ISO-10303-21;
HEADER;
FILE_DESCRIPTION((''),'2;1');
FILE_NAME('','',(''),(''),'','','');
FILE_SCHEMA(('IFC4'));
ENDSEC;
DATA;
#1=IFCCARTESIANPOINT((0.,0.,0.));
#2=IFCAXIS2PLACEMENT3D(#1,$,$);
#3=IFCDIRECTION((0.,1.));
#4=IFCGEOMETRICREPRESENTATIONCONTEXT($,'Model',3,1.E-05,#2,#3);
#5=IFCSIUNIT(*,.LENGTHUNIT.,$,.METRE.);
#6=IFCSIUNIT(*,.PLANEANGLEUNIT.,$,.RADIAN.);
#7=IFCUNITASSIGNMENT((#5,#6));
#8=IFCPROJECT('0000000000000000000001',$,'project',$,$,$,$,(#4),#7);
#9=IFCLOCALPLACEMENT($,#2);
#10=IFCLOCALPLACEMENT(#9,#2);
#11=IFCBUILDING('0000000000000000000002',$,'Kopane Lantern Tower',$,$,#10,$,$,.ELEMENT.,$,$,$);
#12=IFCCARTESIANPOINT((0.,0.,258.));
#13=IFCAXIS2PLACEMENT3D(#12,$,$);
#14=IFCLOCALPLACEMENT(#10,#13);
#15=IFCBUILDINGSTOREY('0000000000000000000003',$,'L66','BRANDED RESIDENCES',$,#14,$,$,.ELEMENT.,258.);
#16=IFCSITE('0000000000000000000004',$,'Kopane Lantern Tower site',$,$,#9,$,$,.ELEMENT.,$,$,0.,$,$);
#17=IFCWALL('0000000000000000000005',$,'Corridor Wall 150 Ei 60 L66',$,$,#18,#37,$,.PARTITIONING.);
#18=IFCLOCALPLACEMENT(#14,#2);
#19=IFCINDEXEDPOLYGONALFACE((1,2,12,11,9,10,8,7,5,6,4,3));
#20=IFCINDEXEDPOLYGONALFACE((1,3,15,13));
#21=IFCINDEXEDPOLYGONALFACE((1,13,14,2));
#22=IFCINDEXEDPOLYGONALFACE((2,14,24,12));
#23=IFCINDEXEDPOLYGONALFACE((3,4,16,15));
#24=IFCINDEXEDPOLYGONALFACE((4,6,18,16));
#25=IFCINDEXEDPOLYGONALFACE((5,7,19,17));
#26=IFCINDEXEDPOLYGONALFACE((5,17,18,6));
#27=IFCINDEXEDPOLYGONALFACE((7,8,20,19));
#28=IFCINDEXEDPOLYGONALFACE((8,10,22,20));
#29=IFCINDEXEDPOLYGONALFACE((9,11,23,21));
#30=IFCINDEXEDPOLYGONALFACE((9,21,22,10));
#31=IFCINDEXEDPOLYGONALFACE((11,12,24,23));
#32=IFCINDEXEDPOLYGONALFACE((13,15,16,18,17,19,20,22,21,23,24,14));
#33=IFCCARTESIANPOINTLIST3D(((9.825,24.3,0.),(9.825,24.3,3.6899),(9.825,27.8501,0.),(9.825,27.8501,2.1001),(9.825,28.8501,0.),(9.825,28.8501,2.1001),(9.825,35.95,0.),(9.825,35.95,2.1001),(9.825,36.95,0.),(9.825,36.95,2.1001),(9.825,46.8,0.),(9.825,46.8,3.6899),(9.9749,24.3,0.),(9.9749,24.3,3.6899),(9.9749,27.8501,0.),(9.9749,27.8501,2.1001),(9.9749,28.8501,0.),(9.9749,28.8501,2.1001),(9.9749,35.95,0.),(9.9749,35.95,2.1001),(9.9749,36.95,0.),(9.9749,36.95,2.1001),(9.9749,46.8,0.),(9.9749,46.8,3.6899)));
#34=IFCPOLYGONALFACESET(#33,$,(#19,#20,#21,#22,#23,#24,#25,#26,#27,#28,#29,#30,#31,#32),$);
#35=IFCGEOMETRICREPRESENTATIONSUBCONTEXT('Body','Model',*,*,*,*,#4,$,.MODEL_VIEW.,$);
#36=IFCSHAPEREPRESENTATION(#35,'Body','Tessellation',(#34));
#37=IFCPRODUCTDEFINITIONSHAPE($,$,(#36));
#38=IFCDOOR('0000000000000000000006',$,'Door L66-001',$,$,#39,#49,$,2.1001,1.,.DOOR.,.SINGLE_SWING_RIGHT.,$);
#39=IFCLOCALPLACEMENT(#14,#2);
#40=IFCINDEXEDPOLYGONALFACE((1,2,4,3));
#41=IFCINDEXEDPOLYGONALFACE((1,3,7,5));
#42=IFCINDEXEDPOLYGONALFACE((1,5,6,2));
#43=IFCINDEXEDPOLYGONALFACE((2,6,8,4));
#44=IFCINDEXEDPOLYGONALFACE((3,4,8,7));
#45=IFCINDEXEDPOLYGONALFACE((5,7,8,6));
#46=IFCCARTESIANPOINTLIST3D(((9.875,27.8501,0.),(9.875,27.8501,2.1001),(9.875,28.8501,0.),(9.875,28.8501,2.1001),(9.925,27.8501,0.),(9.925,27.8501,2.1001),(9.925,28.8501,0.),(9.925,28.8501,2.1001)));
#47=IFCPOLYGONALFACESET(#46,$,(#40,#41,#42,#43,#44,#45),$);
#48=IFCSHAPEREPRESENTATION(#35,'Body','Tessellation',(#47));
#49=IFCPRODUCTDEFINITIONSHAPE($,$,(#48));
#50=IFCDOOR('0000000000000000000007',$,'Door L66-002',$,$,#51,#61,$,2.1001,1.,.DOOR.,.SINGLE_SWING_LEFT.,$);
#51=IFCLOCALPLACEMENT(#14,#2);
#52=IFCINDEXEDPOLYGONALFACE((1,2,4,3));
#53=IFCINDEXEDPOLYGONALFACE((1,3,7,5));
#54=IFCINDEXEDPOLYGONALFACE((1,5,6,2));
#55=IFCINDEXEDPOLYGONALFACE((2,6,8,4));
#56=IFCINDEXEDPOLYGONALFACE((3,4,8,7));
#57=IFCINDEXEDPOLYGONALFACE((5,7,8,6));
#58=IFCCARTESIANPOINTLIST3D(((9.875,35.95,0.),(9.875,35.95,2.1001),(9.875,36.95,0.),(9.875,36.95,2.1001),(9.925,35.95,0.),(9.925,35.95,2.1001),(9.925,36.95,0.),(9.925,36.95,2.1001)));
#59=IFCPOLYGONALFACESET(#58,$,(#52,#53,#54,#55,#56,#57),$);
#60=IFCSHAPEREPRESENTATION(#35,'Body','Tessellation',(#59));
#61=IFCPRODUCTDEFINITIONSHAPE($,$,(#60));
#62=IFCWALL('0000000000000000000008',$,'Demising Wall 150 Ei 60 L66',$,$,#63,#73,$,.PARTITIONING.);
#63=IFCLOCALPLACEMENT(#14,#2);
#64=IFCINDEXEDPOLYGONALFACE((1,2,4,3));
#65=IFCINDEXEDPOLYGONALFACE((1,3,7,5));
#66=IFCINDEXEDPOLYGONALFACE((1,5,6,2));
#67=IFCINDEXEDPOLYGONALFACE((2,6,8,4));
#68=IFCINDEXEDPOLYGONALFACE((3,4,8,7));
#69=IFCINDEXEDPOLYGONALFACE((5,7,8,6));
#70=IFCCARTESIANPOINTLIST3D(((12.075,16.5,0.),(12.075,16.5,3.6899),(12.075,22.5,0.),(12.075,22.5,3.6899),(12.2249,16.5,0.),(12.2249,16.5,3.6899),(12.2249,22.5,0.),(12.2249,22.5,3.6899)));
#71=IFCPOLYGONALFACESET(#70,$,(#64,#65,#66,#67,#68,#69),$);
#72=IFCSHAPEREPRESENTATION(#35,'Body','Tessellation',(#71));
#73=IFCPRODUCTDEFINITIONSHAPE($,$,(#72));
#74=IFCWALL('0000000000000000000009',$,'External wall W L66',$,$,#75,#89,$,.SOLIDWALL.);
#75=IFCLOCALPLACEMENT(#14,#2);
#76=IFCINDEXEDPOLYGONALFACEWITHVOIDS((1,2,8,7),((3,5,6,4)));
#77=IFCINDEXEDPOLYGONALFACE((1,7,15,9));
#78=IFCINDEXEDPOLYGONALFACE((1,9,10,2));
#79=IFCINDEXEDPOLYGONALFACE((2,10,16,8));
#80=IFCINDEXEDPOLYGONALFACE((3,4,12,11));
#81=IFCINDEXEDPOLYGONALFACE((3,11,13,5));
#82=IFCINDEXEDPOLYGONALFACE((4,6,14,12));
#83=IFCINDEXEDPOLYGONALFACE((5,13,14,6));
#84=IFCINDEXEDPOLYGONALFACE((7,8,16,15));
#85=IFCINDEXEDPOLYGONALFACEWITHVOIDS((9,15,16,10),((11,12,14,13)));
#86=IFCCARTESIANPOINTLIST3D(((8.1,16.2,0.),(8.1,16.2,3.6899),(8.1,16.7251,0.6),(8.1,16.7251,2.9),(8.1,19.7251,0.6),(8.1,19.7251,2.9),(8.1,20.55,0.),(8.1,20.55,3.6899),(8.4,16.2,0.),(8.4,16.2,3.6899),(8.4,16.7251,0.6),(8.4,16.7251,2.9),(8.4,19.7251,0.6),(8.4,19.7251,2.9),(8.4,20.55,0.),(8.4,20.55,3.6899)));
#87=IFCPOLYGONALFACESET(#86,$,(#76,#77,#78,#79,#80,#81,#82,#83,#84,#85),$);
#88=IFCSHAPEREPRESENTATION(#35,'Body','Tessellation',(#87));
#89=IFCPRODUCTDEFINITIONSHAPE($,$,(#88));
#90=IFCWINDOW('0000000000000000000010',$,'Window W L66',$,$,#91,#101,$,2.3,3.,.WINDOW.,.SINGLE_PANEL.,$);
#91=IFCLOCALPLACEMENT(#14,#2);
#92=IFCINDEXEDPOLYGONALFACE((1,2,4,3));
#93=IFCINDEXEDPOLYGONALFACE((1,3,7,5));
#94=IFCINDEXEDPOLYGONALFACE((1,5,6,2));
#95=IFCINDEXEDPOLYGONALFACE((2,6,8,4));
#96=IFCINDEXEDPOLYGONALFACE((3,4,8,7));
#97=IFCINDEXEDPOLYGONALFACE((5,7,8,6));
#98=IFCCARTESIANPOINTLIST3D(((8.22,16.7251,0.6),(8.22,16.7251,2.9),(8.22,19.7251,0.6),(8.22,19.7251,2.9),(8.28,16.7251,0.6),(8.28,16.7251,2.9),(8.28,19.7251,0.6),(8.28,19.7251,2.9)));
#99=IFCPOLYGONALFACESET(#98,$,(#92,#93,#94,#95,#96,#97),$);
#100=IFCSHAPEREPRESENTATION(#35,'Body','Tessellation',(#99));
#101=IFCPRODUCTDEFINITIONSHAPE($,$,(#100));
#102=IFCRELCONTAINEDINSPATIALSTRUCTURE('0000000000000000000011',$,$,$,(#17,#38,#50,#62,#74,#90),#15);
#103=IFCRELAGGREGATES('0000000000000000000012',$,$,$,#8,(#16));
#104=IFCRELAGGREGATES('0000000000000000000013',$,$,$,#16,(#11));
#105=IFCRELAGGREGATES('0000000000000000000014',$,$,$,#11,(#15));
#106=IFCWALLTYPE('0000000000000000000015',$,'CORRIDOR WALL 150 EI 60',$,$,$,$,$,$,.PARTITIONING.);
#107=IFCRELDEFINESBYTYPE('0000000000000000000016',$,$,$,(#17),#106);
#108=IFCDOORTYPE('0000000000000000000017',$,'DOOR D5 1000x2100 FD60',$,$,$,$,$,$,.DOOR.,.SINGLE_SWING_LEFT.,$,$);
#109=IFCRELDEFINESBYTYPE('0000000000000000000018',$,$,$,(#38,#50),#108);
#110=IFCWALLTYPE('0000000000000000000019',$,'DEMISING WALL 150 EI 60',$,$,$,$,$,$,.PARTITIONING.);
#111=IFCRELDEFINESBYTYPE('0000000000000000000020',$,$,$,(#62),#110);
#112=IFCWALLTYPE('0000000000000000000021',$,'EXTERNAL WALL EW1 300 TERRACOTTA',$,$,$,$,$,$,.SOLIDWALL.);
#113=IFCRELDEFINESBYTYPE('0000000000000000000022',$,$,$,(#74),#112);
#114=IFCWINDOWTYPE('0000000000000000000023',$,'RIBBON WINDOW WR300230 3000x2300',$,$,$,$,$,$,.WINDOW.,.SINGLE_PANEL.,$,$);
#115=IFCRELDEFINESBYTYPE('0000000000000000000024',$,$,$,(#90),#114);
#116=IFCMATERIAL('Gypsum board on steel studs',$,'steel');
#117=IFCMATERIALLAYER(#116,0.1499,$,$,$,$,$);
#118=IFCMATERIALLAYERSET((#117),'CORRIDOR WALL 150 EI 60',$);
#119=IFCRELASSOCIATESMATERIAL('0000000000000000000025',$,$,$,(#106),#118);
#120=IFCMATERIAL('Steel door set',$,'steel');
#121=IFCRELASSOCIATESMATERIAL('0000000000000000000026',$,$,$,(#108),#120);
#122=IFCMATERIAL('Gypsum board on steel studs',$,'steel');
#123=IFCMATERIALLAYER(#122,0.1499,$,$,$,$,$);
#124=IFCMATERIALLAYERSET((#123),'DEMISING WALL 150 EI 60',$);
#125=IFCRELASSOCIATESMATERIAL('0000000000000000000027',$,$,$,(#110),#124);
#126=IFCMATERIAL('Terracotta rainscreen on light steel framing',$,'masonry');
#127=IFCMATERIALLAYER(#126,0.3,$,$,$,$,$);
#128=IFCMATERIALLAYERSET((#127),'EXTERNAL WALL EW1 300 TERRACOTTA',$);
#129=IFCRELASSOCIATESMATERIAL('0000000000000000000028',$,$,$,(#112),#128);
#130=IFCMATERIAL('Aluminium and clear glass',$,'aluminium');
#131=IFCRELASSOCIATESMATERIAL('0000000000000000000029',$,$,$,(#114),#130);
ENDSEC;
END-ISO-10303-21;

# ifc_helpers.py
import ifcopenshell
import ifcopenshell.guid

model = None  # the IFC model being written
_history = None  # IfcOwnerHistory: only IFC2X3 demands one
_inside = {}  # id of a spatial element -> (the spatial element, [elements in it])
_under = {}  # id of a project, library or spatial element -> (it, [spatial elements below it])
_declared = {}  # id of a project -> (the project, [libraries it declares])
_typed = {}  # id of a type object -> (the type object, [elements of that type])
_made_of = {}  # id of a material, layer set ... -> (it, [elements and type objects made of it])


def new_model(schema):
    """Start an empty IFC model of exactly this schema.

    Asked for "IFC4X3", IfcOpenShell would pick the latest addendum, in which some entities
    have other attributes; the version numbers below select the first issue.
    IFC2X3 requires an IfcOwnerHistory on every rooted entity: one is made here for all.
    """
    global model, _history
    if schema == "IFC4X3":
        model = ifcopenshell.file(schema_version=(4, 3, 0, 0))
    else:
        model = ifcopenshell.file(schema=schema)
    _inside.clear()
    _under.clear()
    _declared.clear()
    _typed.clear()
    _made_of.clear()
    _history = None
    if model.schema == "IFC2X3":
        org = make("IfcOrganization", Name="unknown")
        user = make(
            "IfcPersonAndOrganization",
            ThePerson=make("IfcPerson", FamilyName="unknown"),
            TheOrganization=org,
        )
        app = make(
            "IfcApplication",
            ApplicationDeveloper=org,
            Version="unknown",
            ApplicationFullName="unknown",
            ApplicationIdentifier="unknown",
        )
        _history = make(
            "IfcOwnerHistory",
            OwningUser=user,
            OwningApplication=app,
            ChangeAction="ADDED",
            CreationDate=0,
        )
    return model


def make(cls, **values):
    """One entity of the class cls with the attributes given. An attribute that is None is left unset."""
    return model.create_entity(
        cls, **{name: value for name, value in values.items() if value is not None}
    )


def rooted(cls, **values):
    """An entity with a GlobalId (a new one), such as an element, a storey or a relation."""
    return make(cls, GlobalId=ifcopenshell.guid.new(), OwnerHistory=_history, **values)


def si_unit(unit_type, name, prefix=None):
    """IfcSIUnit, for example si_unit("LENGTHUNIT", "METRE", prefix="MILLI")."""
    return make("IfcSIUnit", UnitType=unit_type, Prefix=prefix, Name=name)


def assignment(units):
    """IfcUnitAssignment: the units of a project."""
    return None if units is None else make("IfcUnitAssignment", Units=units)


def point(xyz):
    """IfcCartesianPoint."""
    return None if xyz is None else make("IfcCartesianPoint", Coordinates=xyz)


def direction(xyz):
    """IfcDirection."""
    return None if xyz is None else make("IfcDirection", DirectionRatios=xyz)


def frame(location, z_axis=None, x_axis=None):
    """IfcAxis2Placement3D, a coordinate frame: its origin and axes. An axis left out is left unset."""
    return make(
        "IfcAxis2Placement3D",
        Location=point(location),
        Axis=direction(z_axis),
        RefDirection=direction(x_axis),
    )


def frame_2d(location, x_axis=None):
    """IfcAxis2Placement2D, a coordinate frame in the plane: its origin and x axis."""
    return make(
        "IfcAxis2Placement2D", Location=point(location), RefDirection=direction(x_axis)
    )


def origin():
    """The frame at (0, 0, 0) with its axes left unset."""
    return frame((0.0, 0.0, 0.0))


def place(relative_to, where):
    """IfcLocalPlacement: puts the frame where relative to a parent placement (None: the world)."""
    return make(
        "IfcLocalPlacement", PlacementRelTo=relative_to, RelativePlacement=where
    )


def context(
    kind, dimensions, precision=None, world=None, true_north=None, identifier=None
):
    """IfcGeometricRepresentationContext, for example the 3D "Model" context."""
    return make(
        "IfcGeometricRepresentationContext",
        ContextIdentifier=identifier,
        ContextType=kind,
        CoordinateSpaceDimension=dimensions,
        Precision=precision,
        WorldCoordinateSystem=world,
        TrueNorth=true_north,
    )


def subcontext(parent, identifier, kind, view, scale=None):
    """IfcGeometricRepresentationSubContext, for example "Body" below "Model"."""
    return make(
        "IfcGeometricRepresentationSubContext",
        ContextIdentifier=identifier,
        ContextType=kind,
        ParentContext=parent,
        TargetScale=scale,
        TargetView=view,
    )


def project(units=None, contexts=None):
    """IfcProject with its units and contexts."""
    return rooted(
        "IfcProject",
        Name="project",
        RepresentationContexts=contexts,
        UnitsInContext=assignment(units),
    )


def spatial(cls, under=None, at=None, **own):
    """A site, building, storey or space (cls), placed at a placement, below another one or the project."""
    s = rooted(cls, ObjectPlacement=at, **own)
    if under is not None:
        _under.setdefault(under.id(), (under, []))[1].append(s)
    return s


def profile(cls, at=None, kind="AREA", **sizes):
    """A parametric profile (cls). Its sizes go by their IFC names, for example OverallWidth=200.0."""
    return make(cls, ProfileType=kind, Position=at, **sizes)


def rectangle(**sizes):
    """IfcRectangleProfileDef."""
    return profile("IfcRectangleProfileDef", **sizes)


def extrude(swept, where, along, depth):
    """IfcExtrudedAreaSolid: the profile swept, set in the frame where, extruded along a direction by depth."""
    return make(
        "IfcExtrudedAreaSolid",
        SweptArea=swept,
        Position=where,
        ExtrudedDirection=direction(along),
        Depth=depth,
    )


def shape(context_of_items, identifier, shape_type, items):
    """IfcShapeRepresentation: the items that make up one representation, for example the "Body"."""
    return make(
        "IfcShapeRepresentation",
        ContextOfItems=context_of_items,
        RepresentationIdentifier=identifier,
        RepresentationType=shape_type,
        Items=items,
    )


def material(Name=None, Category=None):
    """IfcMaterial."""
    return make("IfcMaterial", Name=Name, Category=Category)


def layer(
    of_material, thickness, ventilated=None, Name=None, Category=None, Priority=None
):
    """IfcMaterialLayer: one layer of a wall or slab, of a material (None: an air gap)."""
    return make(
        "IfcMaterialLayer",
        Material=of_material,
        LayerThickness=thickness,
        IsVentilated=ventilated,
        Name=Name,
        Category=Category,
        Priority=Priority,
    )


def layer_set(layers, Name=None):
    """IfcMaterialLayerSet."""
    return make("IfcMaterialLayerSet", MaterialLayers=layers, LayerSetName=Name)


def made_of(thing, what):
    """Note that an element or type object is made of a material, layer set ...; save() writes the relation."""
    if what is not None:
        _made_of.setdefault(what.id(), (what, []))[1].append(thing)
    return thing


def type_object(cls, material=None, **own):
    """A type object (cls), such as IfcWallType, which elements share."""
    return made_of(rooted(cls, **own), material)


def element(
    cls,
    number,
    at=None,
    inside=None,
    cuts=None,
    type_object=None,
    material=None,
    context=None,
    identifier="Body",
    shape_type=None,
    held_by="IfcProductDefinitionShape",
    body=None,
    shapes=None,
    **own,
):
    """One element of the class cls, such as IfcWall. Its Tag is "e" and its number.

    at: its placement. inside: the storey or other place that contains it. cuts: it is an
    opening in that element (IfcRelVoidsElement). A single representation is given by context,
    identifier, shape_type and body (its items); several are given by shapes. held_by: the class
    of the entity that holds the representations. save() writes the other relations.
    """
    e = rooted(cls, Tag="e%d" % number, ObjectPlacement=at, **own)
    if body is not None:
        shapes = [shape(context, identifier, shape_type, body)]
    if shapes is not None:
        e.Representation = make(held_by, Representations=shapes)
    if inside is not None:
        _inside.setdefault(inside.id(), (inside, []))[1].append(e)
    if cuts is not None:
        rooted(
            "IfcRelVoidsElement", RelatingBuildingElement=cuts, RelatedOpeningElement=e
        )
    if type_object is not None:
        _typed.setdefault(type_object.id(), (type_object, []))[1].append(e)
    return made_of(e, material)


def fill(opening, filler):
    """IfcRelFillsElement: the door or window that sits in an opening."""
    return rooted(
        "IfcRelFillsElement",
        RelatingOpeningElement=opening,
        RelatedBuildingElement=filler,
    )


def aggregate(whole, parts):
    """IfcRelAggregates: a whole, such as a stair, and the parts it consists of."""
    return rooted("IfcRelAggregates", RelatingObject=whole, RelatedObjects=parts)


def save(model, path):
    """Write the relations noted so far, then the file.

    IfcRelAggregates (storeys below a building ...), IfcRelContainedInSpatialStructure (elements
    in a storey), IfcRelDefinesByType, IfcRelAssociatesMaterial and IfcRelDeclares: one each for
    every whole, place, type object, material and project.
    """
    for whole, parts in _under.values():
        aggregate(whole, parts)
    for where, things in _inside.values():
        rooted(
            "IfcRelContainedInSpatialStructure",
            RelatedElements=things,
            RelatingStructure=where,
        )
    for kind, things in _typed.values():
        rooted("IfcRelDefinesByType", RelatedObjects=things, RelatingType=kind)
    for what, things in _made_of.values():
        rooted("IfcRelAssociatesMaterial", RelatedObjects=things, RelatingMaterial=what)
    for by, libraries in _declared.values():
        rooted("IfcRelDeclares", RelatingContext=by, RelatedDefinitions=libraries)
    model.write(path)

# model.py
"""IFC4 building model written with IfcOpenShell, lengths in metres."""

from ifc_helpers import new_model, si_unit, direction, frame, frame_2d, origin, place, context, subcontext, project, spatial, rectangle, extrude, material, layer, layer_set, type_object, element, fill, save


model = new_model("IFC4")

# Units and contexts
model_context = context("Model", 3, precision=1e-05, world=origin(), true_north=direction((0.0, 1.0)))
body_context = subcontext(model_context, "Body", "Model", "MODEL_VIEW")
ifc_project = project(units=[si_unit("LENGTHUNIT", "METRE"), si_unit("PLANEANGLEUNIT", "RADIAN")], contexts=[model_context])

# Site, building, storey
site_placement = place(None, origin())
site = spatial("IfcSite", under=ifc_project, at=site_placement, Name="Kopane Lantern Tower site", CompositionType="ELEMENT", RefElevation=0.0)
building_placement = place(site_placement, origin())
building = spatial("IfcBuilding", under=site, at=building_placement, Name="Kopane Lantern Tower", CompositionType="ELEMENT")
storey_placement = place(building_placement, frame((0.0, 0.0, 258.0)))
storey = spatial("IfcBuildingStorey", under=building, at=storey_placement, Name="L66", Description="BRANDED RESIDENCES", CompositionType="ELEMENT", Elevation=258.0)

# Wall, openings, doors
ifc_material_1 = material(Name="Gypsum board on steel studs", Category="steel")
ifc_layer_1 = layer(ifc_material_1, 0.1499)
ifc_layer_set_1 = layer_set([ifc_layer_1], Name="CORRIDOR WALL 150 EI 60")
wall_type_1 = type_object("IfcWallType", Name="CORRIDOR WALL 150 EI 60", PredefinedType="PARTITIONING", material=ifc_layer_set_1)
wall_1_placement = place(storey_placement, frame((9.8999, 24.3, 0.0), z_axis=(0.0, 0.0, 1.0), x_axis=(0.0, 1.0, 0.0)))
wall_1 = element("IfcWall", 1, at=wall_1_placement, inside=storey, type_object=wall_type_1, Name="Corridor Wall 150 Ei 60 L66", PredefinedType="PARTITIONING", context=body_context, shape_type="SweptSolid", body=[
    extrude(rectangle(XDim=22.5, YDim=0.1499, at=frame_2d((11.25, 0.0))), origin(), (0.0, 0.0, 1.0), 3.6899),
])
opening_1_placement = place(wall_1_placement, frame((3.55, 0.0, 0.0)))
opening_1 = element("IfcOpeningElement", 2, at=opening_1_placement, cuts=wall_1, PredefinedType="OPENING", context=body_context, shape_type="SweptSolid", body=[
    extrude(rectangle(XDim=1.0, YDim=2.1001, at=frame_2d((0.5, 1.05))), frame((0.0, 0.085, 0.0), z_axis=(0.0, -1.0, 0.0), x_axis=(1.0, 0.0, 0.0)), (0.0, 0.0, 1.0), 0.1699),
])
opening_2_placement = place(wall_1_placement, frame((11.6499, 0.0, 0.0)))
opening_2 = element("IfcOpeningElement", 3, at=opening_2_placement, cuts=wall_1, PredefinedType="OPENING", context=body_context, shape_type="SweptSolid", body=[
    extrude(rectangle(XDim=1.0, YDim=2.1001, at=frame_2d((0.5, 1.05))), frame((0.0, 0.085, 0.0), z_axis=(0.0, -1.0, 0.0), x_axis=(1.0, 0.0, 0.0)), (0.0, 0.0, 1.0), 0.1699),
])
ifc_material_2 = material(Name="Steel door set", Category="steel")
door_type_1 = type_object("IfcDoorType", Name="DOOR D5 1000x2100 FD60", OperationType="SINGLE_SWING_LEFT", PredefinedType="DOOR", material=ifc_material_2)
door_1_placement = place(opening_1_placement, origin())
door_1 = element("IfcDoor", 4, at=door_1_placement, inside=storey, type_object=door_type_1, Name="Door L66-001", OperationType="SINGLE_SWING_RIGHT", OverallHeight=2.1001, OverallWidth=1.0, PredefinedType="DOOR", context=body_context, shape_type="SweptSolid", body=[
    extrude(rectangle(XDim=1.0, YDim=2.1001, at=frame_2d((0.5, 1.05))), frame((0.0, 0.0249, 0.0), z_axis=(0.0, -1.0, 0.0), x_axis=(1.0, 0.0, 0.0)), (0.0, 0.0, 1.0), 0.05),
])
fill(opening_1, door_1)
door_2_placement = place(opening_2_placement, origin())
door_2 = element("IfcDoor", 5, at=door_2_placement, inside=storey, type_object=door_type_1, Name="Door L66-002", OperationType="SINGLE_SWING_LEFT", OverallHeight=2.1001, OverallWidth=1.0, PredefinedType="DOOR", context=body_context, shape_type="SweptSolid", body=[
    extrude(rectangle(XDim=1.0, YDim=2.1001, at=frame_2d((0.5, 1.05))), frame((0.0, 0.0249, 0.0), z_axis=(0.0, -1.0, 0.0), x_axis=(1.0, 0.0, 0.0)), (0.0, 0.0, 1.0), 0.05),
])
fill(opening_2, door_2)

# Wall
ifc_material_3 = material(Name="Gypsum board on steel studs", Category="steel")
ifc_layer_2 = layer(ifc_material_3, 0.1499)
ifc_layer_set_2 = layer_set([ifc_layer_2], Name="DEMISING WALL 150 EI 60")
wall_type_2 = type_object("IfcWallType", Name="DEMISING WALL 150 EI 60", PredefinedType="PARTITIONING", material=ifc_layer_set_2)
wall_2_placement = place(storey_placement, frame((12.1499, 22.5, 0.0), z_axis=(0.0, 0.0, 1.0), x_axis=(0.0, -1.0, 0.0)))
element("IfcWall", 6, at=wall_2_placement, inside=storey, type_object=wall_type_2, Name="Demising Wall 150 Ei 60 L66", PredefinedType="PARTITIONING", context=body_context, shape_type="SweptSolid", body=[
    extrude(rectangle(XDim=6.0, YDim=0.1499, at=frame_2d((3.0, 0.0))), origin(), (0.0, 0.0, 1.0), 3.6899),
])

# Shared definitions
ifc_material_4 = material(Name="Terracotta rainscreen on light steel framing", Category="masonry")
ifc_layer_3 = layer(ifc_material_4, 0.3)
ifc_layer_set_3 = layer_set([ifc_layer_3], Name="EXTERNAL WALL EW1 300 TERRACOTTA")
wall_type_3 = type_object("IfcWallType", Name="EXTERNAL WALL EW1 300 TERRACOTTA", PredefinedType="SOLIDWALL", material=ifc_layer_set_3)

# Wall, opening, window
wall_3_placement = place(storey_placement, frame((8.25, 20.55, 0.0), z_axis=(0.0, 0.0, 1.0), x_axis=(0.0, -1.0, 0.0)))
wall_3 = element("IfcWall", 7, at=wall_3_placement, inside=storey, type_object=wall_type_3, Name="External wall W L66", PredefinedType="SOLIDWALL", context=body_context, shape_type="SweptSolid", body=[
    extrude(rectangle(XDim=4.3501, YDim=0.3, at=frame_2d((2.175, 0.0))), origin(), (0.0, 0.0, 1.0), 3.6899),
])
opening_3_placement = place(wall_3_placement, frame((0.825, 0.0, 0.6001)))
opening_3 = element("IfcOpeningElement", 8, at=opening_3_placement, cuts=wall_3, PredefinedType="OPENING", context=body_context, shape_type="SweptSolid", body=[
    extrude(rectangle(XDim=3.0, YDim=2.3, at=frame_2d((1.5, 1.1499))), frame((0.0, 0.1599, 0.0), z_axis=(0.0, -1.0, 0.0), x_axis=(1.0, 0.0, 0.0)), (0.0, 0.0, 1.0), 0.3201),
])
ifc_material_5 = material(Name="Aluminium and clear glass", Category="aluminium")
window_type_1 = type_object("IfcWindowType", Name="RIBBON WINDOW WR300230 3000x2300", PartitioningType="SINGLE_PANEL", PredefinedType="WINDOW", material=ifc_material_5)
window_1_placement = place(opening_3_placement, origin())
window_1 = element("IfcWindow", 9, at=window_1_placement, inside=storey, type_object=window_type_1, Name="Window W L66", OverallHeight=2.3, OverallWidth=3.0, PartitioningType="SINGLE_PANEL", PredefinedType="WINDOW", context=body_context, shape_type="SweptSolid", body=[
    extrude(rectangle(XDim=3.0, YDim=2.3, at=frame_2d((1.5, 1.1499))), frame((0.0, 0.03, 0.0), z_axis=(0.0, -1.0, 0.0), x_axis=(1.0, 0.0, 0.0)), (0.0, 0.0, 1.0), 0.0601),
])
fill(opening_3, window_1)

save(model, "model.ifc")
